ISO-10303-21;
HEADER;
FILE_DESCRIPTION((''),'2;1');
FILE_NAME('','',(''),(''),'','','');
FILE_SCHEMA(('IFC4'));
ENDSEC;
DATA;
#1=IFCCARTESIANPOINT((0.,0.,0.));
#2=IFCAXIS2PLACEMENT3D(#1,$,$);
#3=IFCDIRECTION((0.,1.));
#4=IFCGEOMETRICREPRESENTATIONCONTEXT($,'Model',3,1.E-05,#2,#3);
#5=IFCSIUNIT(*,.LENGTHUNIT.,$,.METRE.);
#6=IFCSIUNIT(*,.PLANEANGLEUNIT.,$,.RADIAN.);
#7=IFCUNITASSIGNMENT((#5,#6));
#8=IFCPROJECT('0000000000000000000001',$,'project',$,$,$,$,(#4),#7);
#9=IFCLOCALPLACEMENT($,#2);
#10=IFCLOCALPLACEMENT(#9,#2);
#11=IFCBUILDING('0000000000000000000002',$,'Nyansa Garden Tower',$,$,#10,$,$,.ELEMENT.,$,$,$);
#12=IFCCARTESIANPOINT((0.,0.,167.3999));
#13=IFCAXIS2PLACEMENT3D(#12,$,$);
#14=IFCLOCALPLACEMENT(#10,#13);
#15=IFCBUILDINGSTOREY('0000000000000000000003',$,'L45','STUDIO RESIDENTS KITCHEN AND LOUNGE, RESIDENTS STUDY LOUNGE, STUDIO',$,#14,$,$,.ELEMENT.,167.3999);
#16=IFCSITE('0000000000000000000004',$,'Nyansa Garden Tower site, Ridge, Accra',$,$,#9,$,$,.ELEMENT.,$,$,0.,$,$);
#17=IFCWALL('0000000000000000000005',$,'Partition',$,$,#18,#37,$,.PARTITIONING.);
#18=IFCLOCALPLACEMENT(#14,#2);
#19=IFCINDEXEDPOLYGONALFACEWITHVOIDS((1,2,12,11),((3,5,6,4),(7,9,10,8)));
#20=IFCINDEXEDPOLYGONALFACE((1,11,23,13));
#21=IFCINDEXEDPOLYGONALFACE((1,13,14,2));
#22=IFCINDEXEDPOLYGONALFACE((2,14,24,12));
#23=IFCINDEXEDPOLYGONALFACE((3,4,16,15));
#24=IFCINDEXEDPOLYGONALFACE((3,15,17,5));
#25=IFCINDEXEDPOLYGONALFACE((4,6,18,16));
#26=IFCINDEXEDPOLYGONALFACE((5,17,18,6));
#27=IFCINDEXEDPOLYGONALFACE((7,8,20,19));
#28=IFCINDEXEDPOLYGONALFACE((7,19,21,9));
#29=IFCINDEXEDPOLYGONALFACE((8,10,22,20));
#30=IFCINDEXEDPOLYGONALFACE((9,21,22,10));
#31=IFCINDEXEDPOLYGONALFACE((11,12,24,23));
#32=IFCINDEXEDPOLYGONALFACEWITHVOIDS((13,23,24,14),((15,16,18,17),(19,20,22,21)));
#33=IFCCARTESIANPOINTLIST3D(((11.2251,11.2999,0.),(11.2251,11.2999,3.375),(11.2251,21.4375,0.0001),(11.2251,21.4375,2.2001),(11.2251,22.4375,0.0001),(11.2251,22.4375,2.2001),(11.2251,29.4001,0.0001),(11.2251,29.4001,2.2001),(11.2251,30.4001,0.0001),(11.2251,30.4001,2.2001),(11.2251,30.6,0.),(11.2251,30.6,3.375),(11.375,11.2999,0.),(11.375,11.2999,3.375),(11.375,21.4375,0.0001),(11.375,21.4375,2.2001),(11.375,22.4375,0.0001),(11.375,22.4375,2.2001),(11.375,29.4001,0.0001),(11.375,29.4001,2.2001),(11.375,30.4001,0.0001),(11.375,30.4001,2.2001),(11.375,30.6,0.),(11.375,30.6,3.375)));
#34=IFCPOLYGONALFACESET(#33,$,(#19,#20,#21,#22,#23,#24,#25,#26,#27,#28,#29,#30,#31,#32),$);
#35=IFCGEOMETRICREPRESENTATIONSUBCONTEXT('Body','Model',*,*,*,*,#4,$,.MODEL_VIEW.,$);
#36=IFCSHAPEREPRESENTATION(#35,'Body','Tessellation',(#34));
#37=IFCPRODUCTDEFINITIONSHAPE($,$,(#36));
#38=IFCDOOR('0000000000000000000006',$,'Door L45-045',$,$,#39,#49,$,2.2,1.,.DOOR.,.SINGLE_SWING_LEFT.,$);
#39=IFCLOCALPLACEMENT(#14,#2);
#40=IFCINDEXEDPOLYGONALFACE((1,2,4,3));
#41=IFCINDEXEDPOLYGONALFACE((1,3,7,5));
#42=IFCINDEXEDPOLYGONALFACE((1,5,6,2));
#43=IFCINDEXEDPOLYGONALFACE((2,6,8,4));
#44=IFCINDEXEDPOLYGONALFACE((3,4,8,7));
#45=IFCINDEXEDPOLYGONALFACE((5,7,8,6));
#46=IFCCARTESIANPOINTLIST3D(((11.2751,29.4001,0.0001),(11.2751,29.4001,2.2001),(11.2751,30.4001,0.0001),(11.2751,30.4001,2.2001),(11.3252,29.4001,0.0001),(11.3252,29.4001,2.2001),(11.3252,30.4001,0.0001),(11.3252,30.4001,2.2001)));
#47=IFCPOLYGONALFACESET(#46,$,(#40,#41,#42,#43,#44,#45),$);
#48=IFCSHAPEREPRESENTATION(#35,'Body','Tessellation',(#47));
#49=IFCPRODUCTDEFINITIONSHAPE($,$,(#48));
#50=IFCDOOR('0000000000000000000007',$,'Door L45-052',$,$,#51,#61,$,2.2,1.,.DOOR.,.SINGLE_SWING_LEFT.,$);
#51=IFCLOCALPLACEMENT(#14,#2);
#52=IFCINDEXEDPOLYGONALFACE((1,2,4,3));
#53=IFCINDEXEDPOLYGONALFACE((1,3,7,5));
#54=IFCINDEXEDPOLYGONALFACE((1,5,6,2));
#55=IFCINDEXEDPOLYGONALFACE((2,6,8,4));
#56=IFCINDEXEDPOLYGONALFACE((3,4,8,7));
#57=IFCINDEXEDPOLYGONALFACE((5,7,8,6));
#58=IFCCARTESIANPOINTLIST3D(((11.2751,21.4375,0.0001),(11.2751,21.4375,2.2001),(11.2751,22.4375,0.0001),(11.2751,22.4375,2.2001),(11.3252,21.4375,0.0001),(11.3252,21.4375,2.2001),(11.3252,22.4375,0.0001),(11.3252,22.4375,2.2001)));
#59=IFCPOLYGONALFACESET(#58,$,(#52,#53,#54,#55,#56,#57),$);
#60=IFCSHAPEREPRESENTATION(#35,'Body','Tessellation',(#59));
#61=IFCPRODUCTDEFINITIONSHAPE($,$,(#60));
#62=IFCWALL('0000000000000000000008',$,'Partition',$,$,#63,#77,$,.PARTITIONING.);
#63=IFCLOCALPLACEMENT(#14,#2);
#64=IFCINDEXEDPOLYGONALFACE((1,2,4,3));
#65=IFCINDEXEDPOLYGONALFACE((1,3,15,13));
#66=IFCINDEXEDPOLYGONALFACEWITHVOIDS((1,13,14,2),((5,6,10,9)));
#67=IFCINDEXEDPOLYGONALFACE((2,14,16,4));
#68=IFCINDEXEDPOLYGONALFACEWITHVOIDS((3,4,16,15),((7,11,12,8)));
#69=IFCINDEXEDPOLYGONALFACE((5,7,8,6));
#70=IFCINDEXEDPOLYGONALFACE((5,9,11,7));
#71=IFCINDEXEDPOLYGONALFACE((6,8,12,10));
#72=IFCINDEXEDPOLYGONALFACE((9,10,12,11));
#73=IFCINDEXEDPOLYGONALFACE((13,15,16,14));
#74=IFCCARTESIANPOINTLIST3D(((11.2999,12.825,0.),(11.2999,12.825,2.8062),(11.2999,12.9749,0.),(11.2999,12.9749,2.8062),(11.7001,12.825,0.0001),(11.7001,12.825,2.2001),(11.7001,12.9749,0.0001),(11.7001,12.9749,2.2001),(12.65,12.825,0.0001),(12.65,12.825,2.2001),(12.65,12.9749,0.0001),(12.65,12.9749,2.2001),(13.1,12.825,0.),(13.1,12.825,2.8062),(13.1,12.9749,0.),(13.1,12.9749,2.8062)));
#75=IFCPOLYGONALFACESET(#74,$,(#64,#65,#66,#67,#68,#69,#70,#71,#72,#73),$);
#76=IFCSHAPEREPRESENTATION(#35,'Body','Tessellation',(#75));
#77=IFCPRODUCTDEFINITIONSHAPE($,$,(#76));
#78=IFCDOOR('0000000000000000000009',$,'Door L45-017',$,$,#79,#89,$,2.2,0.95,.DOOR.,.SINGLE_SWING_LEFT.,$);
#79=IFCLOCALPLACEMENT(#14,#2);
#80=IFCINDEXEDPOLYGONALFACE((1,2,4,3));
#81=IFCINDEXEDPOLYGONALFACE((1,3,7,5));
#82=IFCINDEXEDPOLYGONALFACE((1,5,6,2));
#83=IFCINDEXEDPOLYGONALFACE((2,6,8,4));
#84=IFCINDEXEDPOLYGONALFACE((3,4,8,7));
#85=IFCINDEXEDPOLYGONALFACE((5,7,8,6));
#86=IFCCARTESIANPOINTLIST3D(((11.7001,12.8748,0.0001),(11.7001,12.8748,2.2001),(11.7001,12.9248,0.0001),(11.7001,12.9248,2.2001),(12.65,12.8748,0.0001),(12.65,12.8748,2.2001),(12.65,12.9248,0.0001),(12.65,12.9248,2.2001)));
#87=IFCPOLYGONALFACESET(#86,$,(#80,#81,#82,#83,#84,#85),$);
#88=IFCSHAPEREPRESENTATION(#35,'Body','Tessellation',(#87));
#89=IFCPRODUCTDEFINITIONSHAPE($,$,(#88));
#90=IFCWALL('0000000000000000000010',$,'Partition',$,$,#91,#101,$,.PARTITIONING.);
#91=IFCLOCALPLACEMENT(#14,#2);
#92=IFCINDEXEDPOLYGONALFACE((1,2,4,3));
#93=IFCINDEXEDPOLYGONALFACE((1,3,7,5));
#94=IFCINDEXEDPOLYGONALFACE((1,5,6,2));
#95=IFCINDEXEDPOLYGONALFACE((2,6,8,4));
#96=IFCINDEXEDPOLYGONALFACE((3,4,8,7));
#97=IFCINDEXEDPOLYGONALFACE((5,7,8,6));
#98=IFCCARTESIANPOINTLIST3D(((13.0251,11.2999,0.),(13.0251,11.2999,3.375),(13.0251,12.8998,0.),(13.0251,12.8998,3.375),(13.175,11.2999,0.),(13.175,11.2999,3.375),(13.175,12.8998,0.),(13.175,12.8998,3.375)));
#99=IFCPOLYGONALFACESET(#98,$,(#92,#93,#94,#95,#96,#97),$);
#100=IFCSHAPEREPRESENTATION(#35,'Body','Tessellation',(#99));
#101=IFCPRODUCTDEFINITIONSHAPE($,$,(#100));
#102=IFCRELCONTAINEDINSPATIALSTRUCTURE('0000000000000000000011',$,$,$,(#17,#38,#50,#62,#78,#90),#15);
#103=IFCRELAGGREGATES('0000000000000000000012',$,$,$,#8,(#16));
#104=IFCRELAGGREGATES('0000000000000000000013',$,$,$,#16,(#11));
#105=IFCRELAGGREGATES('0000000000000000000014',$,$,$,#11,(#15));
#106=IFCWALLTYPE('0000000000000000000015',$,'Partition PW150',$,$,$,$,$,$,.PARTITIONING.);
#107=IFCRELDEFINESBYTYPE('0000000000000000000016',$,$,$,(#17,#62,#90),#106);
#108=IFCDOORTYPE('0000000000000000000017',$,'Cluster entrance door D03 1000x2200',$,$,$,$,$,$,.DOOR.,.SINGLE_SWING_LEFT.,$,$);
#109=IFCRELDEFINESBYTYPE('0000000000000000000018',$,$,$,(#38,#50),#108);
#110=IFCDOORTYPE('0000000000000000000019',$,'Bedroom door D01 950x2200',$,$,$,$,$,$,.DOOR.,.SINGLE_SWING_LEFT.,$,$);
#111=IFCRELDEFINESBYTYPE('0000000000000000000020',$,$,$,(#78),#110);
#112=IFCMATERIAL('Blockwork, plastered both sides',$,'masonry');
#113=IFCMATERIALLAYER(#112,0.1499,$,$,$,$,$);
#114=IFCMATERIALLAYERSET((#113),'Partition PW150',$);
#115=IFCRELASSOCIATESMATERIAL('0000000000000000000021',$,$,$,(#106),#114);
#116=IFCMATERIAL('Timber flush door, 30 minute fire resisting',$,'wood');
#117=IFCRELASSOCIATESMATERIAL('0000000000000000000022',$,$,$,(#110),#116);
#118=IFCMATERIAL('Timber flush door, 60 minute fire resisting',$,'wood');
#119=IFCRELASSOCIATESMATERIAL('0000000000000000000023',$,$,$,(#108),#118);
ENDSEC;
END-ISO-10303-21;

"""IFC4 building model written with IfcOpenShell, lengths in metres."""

from ifc_helpers import new_model, si_unit, direction, frame, frame_2d, origin, place, context, subcontext, project, spatial, rectangle, extrude, material, layer, layer_set, type_object, element, fill, save


model = new_model("IFC4")

# Units and contexts
model_context = context("Model", 3, precision=1e-05, world=origin(), true_north=direction((0.0, 1.0)))
body_context = subcontext(model_context, "Body", "Model", "MODEL_VIEW")
ifc_project = project(units=[si_unit("LENGTHUNIT", "METRE"), si_unit("PLANEANGLEUNIT", "RADIAN")], contexts=[model_context])

# Site, building, storey
site_placement = place(None, origin())
site = spatial("IfcSite", under=ifc_project, at=site_placement, Name="Nyansa Garden Tower site, Ridge, Accra", CompositionType="ELEMENT", RefElevation=0.0)
building_placement = place(site_placement, origin())
building = spatial("IfcBuilding", under=site, at=building_placement, Name="Nyansa Garden Tower", CompositionType="ELEMENT")
storey_placement = place(building_placement, frame((0.0, 0.0, 167.3999)))
storey = spatial("IfcBuildingStorey", under=building, at=storey_placement, Name="L45", Description="STUDIO RESIDENTS KITCHEN AND LOUNGE, RESIDENTS STUDY LOUNGE, STUDIO", CompositionType="ELEMENT", Elevation=167.3999)

# Shared definitions
ifc_material_1 = material(Name="Blockwork, plastered both sides", Category="masonry")
ifc_layer = layer(ifc_material_1, 0.1499)
ifc_layer_set = layer_set([ifc_layer], Name="Partition PW150")
wall_type = type_object("IfcWallType", Name="Partition PW150", PredefinedType="PARTITIONING", material=ifc_layer_set)

# Wall, openings, doors
ifc_material_2 = material(Name="Timber flush door, 30 minute fire resisting", Category="wood")
door_type_1 = type_object("IfcDoorType", Name="Bedroom door D01 950x2200", OperationType="SINGLE_SWING_LEFT", PredefinedType="DOOR", material=ifc_material_2)
ifc_material_3 = material(Name="Timber flush door, 60 minute fire resisting", Category="wood")
door_type_2 = type_object("IfcDoorType", Name="Cluster entrance door D03 1000x2200", OperationType="SINGLE_SWING_LEFT", PredefinedType="DOOR", material=ifc_material_3)
wall_1_placement = place(storey_placement, frame((11.3, 11.3, 0.0), z_axis=(0.0, 0.0, 1.0), x_axis=(0.0, 1.0, 0.0)))
wall_1 = element("IfcWall", 1, at=wall_1_placement, inside=storey, type_object=wall_type, Name="Partition", PredefinedType="PARTITIONING", context=body_context, shape_type="SweptSolid", body=[
    extrude(rectangle(XDim=19.3, YDim=0.1499, at=frame_2d((9.6499, 0.0))), origin(), (0.0, 0.0, 1.0), 3.375),
])
opening_1_placement = place(wall_1_placement, frame((18.1001, 0.0, 0.0)))
opening_1 = element("IfcOpeningElement", 2, at=opening_1_placement, cuts=wall_1, PredefinedType="OPENING", context=body_context, shape_type="SweptSolid", body=[
    extrude(rectangle(XDim=1.0, YDim=2.2, at=frame_2d((0.5, 1.1001))), frame((0.0, 0.085, 0.0), z_axis=(0.0, -1.0, 0.0), x_axis=(1.0, 0.0, 0.0)), (0.0, 0.0, 1.0), 0.1699),
])
opening_2_placement = place(wall_1_placement, frame((10.1375, 0.0, 0.0)))
opening_2 = element("IfcOpeningElement", 3, at=opening_2_placement, cuts=wall_1, PredefinedType="OPENING", context=body_context, shape_type="SweptSolid", body=[
    extrude(rectangle(XDim=1.0, YDim=2.2, at=frame_2d((0.5, 1.1001))), frame((0.0, 0.085, 0.0), z_axis=(0.0, -1.0, 0.0), x_axis=(1.0, 0.0, 0.0)), (0.0, 0.0, 1.0), 0.1699),
])
door_1_placement = place(opening_1_placement, origin())
door_1 = element("IfcDoor", 4, at=door_1_placement, inside=storey, type_object=door_type_2, Name="Door L45-045", OperationType="SINGLE_SWING_LEFT", OverallHeight=2.2, OverallWidth=1.0, PredefinedType="DOOR", context=body_context, shape_type="SweptSolid", body=[
    extrude(rectangle(XDim=1.0, YDim=2.2, at=frame_2d((0.5, 1.1001))), frame((0.0, 0.0249, 0.0), z_axis=(0.0, -1.0, 0.0), x_axis=(1.0, 0.0, 0.0)), (0.0, 0.0, 1.0), 0.05),
])
fill(opening_1, door_1)
door_2_placement = place(opening_2_placement, origin())
door_2 = element("IfcDoor", 5, at=door_2_placement, inside=storey, type_object=door_type_2, Name="Door L45-052", OperationType="SINGLE_SWING_LEFT", OverallHeight=2.2, OverallWidth=1.0, PredefinedType="DOOR", context=body_context, shape_type="SweptSolid", body=[
    extrude(rectangle(XDim=1.0, YDim=2.2, at=frame_2d((0.5, 1.1001))), frame((0.0, 0.0249, 0.0), z_axis=(0.0, -1.0, 0.0), x_axis=(1.0, 0.0, 0.0)), (0.0, 0.0, 1.0), 0.05),
])
fill(opening_2, door_2)

# Wall, opening, door
wall_2_placement = place(storey_placement, frame((11.3, 12.8999, 0.0), z_axis=(0.0, 0.0, 1.0), x_axis=(1.0, 0.0, 0.0)))
wall_2 = element("IfcWall", 6, at=wall_2_placement, inside=storey, type_object=wall_type, Name="Partition", PredefinedType="PARTITIONING", context=body_context, shape_type="SweptSolid", body=[
    extrude(rectangle(XDim=1.8, YDim=0.1499, at=frame_2d((0.8999, 0.0))), origin(), (0.0, 0.0, 1.0), 2.8062),
])
opening_3_placement = place(wall_2_placement, frame((0.3999, 0.0, 0.0)))
opening_3 = element("IfcOpeningElement", 7, at=opening_3_placement, cuts=wall_2, PredefinedType="OPENING", context=body_context, shape_type="SweptSolid", body=[
    extrude(rectangle(XDim=0.95, YDim=2.2, at=frame_2d((0.4751, 1.1001))), frame((0.0, 0.085, 0.0), z_axis=(0.0, -1.0, 0.0), x_axis=(1.0, 0.0, 0.0)), (0.0, 0.0, 1.0), 0.1699),
])
door_3_placement = place(opening_3_placement, origin())
door_3 = element("IfcDoor", 8, at=door_3_placement, inside=storey, type_object=door_type_1, Name="Door L45-017", OperationType="SINGLE_SWING_LEFT", OverallHeight=2.2, OverallWidth=0.95, PredefinedType="DOOR", context=body_context, shape_type="SweptSolid", body=[
    extrude(rectangle(XDim=0.95, YDim=2.2, at=frame_2d((0.4751, 1.1001))), frame((0.0, 0.0249, 0.0), z_axis=(0.0, -1.0, 0.0), x_axis=(1.0, 0.0, 0.0)), (0.0, 0.0, 1.0), 0.05),
])
fill(opening_3, door_3)

# Wall
wall_3_placement = place(storey_placement, frame((13.1001, 11.3, 0.0), z_axis=(0.0, 0.0, 1.0), x_axis=(0.0, 1.0, 0.0)))
element("IfcWall", 9, at=wall_3_placement, inside=storey, type_object=wall_type, Name="Partition", PredefinedType="PARTITIONING", context=body_context, shape_type="SweptSolid", body=[
    extrude(rectangle(XDim=1.5999, YDim=0.1499, at=frame_2d((0.7998, 0.0))), origin(), (0.0, 0.0, 1.0), 3.375),
])

save(model, "model.ifc")
